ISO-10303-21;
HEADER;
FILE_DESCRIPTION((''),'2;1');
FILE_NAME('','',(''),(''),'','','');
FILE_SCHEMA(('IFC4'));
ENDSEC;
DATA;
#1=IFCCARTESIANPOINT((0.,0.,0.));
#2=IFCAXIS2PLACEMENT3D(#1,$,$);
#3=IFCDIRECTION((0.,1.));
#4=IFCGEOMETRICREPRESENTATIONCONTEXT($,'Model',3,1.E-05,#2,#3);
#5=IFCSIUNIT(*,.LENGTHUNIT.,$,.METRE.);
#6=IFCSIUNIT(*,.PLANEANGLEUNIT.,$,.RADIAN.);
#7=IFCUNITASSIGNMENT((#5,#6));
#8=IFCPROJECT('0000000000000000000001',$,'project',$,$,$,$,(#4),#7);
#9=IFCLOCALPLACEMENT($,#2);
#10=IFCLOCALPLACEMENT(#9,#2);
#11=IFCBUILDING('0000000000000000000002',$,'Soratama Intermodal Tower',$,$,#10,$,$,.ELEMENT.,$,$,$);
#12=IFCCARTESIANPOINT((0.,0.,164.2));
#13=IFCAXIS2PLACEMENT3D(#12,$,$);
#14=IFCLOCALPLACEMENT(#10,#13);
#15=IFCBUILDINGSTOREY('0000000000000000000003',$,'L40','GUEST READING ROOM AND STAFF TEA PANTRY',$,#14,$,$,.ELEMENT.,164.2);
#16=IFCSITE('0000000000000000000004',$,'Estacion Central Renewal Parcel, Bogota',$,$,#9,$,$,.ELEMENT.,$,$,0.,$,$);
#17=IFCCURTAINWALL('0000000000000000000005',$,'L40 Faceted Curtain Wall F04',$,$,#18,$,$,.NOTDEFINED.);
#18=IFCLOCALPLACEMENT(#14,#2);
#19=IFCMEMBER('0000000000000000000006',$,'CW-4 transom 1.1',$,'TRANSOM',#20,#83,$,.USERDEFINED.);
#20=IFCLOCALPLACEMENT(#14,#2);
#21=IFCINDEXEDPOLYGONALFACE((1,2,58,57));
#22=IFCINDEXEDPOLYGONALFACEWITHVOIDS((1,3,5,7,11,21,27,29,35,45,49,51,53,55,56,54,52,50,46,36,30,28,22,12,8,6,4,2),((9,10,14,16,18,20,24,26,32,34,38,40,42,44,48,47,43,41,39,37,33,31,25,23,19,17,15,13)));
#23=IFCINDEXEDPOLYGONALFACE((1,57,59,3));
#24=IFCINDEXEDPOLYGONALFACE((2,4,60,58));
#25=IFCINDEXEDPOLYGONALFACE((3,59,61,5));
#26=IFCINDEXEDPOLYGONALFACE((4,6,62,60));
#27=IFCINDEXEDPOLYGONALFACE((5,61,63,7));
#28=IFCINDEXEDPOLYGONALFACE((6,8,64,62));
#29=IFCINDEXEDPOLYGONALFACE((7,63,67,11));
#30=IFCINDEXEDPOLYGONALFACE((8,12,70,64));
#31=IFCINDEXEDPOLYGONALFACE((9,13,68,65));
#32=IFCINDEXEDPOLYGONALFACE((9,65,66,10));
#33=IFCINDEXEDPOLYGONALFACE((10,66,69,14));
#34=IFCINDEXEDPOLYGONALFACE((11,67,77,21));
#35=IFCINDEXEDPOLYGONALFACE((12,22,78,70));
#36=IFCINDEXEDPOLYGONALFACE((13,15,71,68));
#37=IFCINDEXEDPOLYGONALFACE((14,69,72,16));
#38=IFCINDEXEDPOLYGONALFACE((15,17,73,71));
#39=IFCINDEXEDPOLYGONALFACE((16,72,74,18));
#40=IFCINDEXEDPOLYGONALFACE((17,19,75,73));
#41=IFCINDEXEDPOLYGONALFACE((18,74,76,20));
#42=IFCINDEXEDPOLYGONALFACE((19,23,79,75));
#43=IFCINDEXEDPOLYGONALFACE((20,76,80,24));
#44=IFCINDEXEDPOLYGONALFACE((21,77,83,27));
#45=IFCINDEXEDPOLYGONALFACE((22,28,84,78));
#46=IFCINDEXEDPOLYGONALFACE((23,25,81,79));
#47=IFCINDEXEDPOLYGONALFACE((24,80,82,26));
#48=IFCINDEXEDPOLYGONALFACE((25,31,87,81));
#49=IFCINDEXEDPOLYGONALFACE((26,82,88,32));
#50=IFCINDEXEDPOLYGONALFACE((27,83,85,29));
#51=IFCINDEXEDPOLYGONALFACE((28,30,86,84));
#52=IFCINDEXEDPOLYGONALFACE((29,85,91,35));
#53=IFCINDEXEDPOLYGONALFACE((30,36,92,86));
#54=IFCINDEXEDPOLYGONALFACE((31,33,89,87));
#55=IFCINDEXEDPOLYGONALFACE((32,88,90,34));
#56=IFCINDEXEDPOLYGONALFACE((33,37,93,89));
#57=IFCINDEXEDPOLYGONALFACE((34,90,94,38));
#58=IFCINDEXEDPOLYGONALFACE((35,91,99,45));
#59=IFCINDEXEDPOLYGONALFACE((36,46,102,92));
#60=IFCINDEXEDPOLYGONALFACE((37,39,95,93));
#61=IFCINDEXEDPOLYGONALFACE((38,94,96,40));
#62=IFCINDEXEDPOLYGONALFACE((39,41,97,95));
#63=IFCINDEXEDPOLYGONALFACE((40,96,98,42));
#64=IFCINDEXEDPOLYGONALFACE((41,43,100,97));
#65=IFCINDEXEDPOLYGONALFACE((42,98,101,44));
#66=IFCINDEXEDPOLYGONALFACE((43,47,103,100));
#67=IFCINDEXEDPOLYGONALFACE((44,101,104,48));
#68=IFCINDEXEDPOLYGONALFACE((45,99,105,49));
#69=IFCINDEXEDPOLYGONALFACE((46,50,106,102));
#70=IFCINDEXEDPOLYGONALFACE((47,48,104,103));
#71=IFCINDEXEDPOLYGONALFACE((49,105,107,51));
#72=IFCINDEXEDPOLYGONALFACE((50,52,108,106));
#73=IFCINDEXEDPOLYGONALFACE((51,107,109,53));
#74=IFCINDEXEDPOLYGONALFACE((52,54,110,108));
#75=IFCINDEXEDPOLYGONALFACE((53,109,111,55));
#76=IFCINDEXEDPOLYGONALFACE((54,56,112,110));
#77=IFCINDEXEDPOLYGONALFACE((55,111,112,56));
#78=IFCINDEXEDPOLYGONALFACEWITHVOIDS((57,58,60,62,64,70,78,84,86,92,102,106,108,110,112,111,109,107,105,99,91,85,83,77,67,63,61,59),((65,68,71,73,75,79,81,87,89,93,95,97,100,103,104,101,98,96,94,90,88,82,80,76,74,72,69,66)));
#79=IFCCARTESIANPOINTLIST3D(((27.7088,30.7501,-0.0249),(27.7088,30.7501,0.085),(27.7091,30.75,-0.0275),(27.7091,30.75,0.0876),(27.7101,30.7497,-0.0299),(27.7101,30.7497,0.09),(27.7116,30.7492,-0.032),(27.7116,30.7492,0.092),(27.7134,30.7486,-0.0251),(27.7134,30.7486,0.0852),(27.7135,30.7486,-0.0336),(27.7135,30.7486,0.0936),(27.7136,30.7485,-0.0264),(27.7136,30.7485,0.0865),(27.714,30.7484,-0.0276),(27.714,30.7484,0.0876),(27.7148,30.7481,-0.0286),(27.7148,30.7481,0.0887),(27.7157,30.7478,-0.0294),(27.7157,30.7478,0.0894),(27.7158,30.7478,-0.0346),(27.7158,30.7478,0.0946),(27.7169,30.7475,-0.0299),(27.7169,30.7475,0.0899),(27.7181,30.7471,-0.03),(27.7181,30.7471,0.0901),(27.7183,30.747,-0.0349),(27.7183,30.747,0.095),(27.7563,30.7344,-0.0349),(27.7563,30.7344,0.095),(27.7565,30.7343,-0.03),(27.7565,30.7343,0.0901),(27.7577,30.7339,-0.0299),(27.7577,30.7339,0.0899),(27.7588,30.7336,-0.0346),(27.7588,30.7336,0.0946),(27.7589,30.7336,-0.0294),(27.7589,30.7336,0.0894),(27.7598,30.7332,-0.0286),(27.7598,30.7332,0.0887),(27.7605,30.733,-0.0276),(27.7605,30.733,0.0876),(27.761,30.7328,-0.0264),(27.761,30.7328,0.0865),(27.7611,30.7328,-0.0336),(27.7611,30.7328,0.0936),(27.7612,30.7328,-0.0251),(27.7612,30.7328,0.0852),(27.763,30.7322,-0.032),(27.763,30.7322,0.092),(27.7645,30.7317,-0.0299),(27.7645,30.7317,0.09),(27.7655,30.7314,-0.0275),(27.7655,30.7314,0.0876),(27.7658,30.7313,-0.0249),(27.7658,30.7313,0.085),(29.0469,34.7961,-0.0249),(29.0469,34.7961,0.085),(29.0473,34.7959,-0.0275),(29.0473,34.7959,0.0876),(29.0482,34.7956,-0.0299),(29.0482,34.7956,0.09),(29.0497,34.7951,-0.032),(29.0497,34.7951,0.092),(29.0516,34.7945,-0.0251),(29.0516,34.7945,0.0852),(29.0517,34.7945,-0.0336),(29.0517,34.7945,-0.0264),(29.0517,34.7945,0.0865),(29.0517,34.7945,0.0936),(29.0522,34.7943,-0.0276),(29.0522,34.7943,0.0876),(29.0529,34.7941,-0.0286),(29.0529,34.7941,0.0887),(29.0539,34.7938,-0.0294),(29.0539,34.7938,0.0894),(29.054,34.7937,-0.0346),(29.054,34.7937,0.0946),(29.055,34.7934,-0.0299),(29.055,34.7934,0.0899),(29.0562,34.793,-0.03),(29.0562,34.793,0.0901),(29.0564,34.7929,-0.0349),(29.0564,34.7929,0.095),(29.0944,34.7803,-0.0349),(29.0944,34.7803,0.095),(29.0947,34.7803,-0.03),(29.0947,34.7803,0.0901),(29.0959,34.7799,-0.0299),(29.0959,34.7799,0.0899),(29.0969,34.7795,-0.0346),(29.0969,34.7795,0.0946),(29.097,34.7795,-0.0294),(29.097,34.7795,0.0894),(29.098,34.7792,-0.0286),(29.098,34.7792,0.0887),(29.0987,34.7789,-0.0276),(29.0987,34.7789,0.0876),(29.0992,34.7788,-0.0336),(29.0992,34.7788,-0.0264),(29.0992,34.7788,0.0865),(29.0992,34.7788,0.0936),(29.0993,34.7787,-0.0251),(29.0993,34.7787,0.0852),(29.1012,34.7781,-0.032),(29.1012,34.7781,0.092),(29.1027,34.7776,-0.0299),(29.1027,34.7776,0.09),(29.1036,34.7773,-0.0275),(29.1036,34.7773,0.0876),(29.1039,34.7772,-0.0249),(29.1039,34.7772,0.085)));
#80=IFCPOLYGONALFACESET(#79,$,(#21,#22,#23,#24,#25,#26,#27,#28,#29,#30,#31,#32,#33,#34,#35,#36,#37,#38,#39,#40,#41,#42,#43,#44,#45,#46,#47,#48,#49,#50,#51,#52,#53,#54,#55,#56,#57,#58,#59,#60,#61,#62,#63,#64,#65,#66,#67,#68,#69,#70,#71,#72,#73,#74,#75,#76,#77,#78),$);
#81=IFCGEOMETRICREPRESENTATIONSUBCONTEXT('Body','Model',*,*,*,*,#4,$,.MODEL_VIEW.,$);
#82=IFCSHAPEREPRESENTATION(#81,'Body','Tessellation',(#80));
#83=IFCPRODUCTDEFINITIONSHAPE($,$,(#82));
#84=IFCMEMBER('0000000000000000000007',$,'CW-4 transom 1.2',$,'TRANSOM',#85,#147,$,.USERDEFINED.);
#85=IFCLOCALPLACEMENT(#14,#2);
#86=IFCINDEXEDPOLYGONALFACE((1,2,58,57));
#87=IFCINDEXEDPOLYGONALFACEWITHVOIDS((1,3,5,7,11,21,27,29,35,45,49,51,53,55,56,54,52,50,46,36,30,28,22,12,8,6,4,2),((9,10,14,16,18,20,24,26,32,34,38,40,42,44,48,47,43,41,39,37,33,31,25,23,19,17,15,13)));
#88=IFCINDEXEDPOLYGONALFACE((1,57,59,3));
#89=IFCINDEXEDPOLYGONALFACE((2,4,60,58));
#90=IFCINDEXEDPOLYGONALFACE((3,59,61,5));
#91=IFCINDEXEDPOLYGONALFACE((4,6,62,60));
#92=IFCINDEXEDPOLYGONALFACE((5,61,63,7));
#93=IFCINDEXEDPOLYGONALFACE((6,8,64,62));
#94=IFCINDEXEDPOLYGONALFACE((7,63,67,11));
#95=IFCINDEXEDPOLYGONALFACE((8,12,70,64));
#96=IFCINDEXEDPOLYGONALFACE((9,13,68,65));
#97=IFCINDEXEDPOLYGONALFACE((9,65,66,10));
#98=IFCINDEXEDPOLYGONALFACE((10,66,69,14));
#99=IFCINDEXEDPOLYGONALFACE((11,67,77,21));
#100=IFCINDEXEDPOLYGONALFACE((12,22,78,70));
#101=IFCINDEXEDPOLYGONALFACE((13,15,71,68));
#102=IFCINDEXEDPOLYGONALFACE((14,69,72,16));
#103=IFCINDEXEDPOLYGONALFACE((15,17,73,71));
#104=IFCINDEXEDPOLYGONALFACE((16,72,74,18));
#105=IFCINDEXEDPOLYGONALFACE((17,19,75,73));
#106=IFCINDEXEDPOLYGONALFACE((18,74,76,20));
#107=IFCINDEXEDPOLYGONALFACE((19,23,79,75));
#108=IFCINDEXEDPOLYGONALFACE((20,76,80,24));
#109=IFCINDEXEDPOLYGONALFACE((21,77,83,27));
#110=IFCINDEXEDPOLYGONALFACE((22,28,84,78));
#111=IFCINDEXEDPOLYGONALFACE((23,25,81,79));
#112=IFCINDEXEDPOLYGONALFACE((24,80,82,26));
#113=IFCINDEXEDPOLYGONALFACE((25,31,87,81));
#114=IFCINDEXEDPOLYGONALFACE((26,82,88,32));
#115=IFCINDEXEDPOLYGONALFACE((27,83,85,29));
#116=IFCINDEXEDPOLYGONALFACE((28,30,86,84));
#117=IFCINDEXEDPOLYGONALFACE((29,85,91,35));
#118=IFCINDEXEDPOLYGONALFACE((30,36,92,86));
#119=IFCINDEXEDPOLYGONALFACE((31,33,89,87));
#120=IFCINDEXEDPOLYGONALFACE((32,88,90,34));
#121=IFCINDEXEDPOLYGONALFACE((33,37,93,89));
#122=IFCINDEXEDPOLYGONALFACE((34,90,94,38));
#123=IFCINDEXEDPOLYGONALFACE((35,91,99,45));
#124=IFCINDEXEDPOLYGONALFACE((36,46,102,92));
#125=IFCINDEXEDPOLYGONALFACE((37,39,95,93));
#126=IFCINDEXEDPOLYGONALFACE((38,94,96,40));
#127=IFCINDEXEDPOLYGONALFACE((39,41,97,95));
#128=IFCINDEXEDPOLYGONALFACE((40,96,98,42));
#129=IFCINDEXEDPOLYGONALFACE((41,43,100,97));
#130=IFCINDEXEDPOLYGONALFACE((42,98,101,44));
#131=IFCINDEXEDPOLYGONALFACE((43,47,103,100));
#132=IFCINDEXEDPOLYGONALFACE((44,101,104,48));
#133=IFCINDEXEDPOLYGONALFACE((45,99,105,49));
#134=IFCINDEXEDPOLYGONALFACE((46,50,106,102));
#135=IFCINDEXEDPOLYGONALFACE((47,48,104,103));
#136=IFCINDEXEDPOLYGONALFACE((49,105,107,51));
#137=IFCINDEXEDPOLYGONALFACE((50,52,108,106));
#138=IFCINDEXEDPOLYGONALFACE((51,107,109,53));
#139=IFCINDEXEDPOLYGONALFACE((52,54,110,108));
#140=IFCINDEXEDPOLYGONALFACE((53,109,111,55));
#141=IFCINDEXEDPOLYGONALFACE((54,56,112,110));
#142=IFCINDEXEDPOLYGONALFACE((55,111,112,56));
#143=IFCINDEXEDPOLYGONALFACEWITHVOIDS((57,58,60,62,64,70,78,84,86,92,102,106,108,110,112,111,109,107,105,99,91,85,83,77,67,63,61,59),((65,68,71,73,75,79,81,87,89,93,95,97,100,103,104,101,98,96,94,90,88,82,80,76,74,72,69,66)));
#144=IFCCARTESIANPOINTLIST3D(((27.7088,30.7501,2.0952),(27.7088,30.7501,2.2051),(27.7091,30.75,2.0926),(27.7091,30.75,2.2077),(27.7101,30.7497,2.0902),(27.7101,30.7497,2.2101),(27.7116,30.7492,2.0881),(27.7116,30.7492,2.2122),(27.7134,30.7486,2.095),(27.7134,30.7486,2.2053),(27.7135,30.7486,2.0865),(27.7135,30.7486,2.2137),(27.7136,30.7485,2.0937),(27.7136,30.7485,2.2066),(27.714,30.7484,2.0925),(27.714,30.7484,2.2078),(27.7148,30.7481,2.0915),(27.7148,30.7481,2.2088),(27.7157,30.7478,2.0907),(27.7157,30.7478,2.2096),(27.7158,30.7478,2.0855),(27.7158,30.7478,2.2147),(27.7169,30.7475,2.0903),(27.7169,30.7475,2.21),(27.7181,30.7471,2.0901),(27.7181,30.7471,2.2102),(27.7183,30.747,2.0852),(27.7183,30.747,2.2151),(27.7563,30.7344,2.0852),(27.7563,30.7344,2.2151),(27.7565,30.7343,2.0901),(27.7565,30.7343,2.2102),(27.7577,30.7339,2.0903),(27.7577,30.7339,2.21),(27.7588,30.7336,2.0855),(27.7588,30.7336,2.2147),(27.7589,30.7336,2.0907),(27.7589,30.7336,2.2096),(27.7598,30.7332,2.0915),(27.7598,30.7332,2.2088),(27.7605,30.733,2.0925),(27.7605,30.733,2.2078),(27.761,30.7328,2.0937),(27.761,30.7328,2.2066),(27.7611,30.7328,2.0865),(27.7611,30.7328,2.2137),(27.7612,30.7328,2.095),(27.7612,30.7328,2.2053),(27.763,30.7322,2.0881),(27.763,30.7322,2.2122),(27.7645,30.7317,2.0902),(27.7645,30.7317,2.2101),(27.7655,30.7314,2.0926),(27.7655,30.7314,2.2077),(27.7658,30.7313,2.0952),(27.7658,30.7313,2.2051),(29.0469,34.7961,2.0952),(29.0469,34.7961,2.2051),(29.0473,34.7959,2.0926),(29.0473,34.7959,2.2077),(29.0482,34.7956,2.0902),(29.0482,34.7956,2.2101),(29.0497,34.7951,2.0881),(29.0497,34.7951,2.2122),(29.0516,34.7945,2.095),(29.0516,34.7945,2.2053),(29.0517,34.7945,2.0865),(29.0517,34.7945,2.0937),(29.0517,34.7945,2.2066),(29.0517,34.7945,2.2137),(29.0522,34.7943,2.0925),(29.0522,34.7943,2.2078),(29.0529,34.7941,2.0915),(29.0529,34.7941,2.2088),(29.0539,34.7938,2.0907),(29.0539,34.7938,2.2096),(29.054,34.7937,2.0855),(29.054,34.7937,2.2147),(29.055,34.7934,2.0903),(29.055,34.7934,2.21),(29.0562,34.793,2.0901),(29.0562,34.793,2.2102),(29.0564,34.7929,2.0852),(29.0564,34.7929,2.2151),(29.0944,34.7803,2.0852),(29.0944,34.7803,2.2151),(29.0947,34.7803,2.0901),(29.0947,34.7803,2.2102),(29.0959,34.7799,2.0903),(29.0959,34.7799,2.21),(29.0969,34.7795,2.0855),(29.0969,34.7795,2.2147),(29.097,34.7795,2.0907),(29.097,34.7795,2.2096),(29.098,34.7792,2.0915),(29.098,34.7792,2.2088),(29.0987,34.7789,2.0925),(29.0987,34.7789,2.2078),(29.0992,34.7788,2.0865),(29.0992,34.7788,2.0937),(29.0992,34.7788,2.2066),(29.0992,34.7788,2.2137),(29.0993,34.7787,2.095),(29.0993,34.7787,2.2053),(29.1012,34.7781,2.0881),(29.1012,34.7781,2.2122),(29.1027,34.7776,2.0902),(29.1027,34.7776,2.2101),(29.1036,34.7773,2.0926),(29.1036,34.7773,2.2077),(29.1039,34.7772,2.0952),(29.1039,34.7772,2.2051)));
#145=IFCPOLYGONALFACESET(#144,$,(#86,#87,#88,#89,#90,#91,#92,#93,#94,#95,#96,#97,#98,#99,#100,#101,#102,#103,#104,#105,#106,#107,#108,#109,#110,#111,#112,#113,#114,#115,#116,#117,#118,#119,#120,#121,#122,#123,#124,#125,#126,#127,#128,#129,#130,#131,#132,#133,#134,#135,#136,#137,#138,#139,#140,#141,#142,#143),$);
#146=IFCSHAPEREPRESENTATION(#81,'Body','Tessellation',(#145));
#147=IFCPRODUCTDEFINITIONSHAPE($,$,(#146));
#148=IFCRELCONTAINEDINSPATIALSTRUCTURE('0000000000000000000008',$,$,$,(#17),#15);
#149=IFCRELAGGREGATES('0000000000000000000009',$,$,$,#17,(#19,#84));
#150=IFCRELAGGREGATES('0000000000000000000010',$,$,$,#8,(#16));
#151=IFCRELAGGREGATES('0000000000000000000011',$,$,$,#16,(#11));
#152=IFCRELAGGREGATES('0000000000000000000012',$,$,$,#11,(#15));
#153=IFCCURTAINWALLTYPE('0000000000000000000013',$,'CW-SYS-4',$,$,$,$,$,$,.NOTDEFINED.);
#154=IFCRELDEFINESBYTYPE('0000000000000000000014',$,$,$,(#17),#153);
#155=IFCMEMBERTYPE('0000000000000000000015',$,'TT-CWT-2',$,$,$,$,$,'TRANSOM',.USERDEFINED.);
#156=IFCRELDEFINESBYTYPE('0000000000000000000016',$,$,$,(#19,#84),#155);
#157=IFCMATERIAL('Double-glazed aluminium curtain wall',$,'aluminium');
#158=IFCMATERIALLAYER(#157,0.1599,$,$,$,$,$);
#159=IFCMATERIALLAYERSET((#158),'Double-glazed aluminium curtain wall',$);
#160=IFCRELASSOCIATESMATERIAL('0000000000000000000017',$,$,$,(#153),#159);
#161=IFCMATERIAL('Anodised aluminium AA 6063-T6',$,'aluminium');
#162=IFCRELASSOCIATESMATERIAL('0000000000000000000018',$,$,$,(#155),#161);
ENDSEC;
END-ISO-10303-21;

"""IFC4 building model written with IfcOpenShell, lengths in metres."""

from ifc_helpers import new_model, si_unit, direction, frame, origin, origin_2d, place, context, subcontext, project, spatial, hollow_rectangle, extrude, material, layer, layer_set, material_profile, profile_set, type_object, element, aggregate, save


model = new_model("IFC4")

# Units and contexts
model_context = context("Model", 3, precision=1e-05, world=origin(), true_north=direction((0.0, 1.0)))
body_context = subcontext(model_context, "Body", "Model", "MODEL_VIEW")
ifc_project = project(units=[si_unit("LENGTHUNIT", "METRE"), si_unit("PLANEANGLEUNIT", "RADIAN")], contexts=[model_context])

# Site, building, storey
site_placement = place(None, origin())
site = spatial("IfcSite", under=ifc_project, at=site_placement, Name="Estacion Central Renewal Parcel, Bogota", CompositionType="ELEMENT", RefElevation=0.0)
building_placement = place(site_placement, origin())
building = spatial("IfcBuilding", under=site, at=building_placement, Name="Soratama Intermodal Tower", CompositionType="ELEMENT")
storey_placement = place(building_placement, frame((0.0, 0.0, 164.2)))
storey = spatial("IfcBuildingStorey", under=building, at=storey_placement, Name="L40", Description="GUEST READING ROOM AND STAFF TEA PANTRY", CompositionType="ELEMENT", Elevation=164.2)

# Shared definitions
ifc_material_1 = material(Name="Double-glazed aluminium curtain wall", Category="aluminium")
ifc_layer_1 = layer(ifc_material_1, 0.1599)
ifc_layer_set_1 = layer_set([ifc_layer_1], Name="Double-glazed aluminium curtain wall")
curtain_wall_type = type_object("IfcCurtainWallType", Name="CW-SYS-4", PredefinedType="NOTDEFINED", material=ifc_layer_set_1)

# Curtain wall
curtain_wall_1_placement = place(storey_placement, origin())
curtain_wall_1 = element("IfcCurtainWall", 1, at=curtain_wall_1_placement, inside=storey, type_object=curtain_wall_type, Name="L40 Faceted Curtain Wall F04", PredefinedType="NOTDEFINED")

# Members
ifc_material_2 = material(Name="Anodised aluminium AA 6063-T6", Category="aluminium")
ifc_material_profile_1 = material_profile(ifc_material_2, hollow_rectangle(XDim=0.0601, YDim=0.1299, WallThickness=0.0049, InnerFilletRadius=0.0049, OuterFilletRadius=0.01, at=origin_2d()), Name="CWT130X60X5")
ifc_profile_set_1 = profile_set([ifc_material_profile_1], Name="Anodised aluminium AA 6063-T6")
member_type_1 = type_object("IfcMemberType", Name="TT-CWT-2", ElementType="TRANSOM", PredefinedType="USERDEFINED", material=ifc_profile_set_1)
member_1_placement = place(storey_placement, frame((29.0754, 34.7866, 0.03), z_axis=(-0.31401, -0.94942, 0.0), x_axis=(0.94942, -0.31401, 0.0)))
member_1 = element("IfcMember", 2, at=member_1_placement, type_object=member_type_1, Name="CW-4 transom 1.1", ObjectType="TRANSOM", PredefinedType="USERDEFINED", context=body_context, shape_type="SweptSolid", body=[
    extrude(hollow_rectangle(XDim=0.0601, YDim=0.1299, WallThickness=0.0049, InnerFilletRadius=0.0049, OuterFilletRadius=0.01, at=origin_2d()), origin(), (0.0, 0.0, 1.0), 4.2615),
])
member_2_placement = place(storey_placement, frame((29.0754, 34.7866, 2.1501), z_axis=(-0.31401, -0.94942, 0.0), x_axis=(0.94942, -0.31401, 0.0)))
member_2 = element("IfcMember", 3, at=member_2_placement, type_object=member_type_1, Name="CW-4 transom 1.2", ObjectType="TRANSOM", PredefinedType="USERDEFINED", context=body_context, shape_type="SweptSolid", body=[
    extrude(hollow_rectangle(XDim=0.0601, YDim=0.1299, WallThickness=0.0049, InnerFilletRadius=0.0049, OuterFilletRadius=0.01, at=origin_2d()), origin(), (0.0, 0.0, 1.0), 4.2615),
])
aggregate(curtain_wall_1, [member_1, member_2])

save(model, "model.ifc")
